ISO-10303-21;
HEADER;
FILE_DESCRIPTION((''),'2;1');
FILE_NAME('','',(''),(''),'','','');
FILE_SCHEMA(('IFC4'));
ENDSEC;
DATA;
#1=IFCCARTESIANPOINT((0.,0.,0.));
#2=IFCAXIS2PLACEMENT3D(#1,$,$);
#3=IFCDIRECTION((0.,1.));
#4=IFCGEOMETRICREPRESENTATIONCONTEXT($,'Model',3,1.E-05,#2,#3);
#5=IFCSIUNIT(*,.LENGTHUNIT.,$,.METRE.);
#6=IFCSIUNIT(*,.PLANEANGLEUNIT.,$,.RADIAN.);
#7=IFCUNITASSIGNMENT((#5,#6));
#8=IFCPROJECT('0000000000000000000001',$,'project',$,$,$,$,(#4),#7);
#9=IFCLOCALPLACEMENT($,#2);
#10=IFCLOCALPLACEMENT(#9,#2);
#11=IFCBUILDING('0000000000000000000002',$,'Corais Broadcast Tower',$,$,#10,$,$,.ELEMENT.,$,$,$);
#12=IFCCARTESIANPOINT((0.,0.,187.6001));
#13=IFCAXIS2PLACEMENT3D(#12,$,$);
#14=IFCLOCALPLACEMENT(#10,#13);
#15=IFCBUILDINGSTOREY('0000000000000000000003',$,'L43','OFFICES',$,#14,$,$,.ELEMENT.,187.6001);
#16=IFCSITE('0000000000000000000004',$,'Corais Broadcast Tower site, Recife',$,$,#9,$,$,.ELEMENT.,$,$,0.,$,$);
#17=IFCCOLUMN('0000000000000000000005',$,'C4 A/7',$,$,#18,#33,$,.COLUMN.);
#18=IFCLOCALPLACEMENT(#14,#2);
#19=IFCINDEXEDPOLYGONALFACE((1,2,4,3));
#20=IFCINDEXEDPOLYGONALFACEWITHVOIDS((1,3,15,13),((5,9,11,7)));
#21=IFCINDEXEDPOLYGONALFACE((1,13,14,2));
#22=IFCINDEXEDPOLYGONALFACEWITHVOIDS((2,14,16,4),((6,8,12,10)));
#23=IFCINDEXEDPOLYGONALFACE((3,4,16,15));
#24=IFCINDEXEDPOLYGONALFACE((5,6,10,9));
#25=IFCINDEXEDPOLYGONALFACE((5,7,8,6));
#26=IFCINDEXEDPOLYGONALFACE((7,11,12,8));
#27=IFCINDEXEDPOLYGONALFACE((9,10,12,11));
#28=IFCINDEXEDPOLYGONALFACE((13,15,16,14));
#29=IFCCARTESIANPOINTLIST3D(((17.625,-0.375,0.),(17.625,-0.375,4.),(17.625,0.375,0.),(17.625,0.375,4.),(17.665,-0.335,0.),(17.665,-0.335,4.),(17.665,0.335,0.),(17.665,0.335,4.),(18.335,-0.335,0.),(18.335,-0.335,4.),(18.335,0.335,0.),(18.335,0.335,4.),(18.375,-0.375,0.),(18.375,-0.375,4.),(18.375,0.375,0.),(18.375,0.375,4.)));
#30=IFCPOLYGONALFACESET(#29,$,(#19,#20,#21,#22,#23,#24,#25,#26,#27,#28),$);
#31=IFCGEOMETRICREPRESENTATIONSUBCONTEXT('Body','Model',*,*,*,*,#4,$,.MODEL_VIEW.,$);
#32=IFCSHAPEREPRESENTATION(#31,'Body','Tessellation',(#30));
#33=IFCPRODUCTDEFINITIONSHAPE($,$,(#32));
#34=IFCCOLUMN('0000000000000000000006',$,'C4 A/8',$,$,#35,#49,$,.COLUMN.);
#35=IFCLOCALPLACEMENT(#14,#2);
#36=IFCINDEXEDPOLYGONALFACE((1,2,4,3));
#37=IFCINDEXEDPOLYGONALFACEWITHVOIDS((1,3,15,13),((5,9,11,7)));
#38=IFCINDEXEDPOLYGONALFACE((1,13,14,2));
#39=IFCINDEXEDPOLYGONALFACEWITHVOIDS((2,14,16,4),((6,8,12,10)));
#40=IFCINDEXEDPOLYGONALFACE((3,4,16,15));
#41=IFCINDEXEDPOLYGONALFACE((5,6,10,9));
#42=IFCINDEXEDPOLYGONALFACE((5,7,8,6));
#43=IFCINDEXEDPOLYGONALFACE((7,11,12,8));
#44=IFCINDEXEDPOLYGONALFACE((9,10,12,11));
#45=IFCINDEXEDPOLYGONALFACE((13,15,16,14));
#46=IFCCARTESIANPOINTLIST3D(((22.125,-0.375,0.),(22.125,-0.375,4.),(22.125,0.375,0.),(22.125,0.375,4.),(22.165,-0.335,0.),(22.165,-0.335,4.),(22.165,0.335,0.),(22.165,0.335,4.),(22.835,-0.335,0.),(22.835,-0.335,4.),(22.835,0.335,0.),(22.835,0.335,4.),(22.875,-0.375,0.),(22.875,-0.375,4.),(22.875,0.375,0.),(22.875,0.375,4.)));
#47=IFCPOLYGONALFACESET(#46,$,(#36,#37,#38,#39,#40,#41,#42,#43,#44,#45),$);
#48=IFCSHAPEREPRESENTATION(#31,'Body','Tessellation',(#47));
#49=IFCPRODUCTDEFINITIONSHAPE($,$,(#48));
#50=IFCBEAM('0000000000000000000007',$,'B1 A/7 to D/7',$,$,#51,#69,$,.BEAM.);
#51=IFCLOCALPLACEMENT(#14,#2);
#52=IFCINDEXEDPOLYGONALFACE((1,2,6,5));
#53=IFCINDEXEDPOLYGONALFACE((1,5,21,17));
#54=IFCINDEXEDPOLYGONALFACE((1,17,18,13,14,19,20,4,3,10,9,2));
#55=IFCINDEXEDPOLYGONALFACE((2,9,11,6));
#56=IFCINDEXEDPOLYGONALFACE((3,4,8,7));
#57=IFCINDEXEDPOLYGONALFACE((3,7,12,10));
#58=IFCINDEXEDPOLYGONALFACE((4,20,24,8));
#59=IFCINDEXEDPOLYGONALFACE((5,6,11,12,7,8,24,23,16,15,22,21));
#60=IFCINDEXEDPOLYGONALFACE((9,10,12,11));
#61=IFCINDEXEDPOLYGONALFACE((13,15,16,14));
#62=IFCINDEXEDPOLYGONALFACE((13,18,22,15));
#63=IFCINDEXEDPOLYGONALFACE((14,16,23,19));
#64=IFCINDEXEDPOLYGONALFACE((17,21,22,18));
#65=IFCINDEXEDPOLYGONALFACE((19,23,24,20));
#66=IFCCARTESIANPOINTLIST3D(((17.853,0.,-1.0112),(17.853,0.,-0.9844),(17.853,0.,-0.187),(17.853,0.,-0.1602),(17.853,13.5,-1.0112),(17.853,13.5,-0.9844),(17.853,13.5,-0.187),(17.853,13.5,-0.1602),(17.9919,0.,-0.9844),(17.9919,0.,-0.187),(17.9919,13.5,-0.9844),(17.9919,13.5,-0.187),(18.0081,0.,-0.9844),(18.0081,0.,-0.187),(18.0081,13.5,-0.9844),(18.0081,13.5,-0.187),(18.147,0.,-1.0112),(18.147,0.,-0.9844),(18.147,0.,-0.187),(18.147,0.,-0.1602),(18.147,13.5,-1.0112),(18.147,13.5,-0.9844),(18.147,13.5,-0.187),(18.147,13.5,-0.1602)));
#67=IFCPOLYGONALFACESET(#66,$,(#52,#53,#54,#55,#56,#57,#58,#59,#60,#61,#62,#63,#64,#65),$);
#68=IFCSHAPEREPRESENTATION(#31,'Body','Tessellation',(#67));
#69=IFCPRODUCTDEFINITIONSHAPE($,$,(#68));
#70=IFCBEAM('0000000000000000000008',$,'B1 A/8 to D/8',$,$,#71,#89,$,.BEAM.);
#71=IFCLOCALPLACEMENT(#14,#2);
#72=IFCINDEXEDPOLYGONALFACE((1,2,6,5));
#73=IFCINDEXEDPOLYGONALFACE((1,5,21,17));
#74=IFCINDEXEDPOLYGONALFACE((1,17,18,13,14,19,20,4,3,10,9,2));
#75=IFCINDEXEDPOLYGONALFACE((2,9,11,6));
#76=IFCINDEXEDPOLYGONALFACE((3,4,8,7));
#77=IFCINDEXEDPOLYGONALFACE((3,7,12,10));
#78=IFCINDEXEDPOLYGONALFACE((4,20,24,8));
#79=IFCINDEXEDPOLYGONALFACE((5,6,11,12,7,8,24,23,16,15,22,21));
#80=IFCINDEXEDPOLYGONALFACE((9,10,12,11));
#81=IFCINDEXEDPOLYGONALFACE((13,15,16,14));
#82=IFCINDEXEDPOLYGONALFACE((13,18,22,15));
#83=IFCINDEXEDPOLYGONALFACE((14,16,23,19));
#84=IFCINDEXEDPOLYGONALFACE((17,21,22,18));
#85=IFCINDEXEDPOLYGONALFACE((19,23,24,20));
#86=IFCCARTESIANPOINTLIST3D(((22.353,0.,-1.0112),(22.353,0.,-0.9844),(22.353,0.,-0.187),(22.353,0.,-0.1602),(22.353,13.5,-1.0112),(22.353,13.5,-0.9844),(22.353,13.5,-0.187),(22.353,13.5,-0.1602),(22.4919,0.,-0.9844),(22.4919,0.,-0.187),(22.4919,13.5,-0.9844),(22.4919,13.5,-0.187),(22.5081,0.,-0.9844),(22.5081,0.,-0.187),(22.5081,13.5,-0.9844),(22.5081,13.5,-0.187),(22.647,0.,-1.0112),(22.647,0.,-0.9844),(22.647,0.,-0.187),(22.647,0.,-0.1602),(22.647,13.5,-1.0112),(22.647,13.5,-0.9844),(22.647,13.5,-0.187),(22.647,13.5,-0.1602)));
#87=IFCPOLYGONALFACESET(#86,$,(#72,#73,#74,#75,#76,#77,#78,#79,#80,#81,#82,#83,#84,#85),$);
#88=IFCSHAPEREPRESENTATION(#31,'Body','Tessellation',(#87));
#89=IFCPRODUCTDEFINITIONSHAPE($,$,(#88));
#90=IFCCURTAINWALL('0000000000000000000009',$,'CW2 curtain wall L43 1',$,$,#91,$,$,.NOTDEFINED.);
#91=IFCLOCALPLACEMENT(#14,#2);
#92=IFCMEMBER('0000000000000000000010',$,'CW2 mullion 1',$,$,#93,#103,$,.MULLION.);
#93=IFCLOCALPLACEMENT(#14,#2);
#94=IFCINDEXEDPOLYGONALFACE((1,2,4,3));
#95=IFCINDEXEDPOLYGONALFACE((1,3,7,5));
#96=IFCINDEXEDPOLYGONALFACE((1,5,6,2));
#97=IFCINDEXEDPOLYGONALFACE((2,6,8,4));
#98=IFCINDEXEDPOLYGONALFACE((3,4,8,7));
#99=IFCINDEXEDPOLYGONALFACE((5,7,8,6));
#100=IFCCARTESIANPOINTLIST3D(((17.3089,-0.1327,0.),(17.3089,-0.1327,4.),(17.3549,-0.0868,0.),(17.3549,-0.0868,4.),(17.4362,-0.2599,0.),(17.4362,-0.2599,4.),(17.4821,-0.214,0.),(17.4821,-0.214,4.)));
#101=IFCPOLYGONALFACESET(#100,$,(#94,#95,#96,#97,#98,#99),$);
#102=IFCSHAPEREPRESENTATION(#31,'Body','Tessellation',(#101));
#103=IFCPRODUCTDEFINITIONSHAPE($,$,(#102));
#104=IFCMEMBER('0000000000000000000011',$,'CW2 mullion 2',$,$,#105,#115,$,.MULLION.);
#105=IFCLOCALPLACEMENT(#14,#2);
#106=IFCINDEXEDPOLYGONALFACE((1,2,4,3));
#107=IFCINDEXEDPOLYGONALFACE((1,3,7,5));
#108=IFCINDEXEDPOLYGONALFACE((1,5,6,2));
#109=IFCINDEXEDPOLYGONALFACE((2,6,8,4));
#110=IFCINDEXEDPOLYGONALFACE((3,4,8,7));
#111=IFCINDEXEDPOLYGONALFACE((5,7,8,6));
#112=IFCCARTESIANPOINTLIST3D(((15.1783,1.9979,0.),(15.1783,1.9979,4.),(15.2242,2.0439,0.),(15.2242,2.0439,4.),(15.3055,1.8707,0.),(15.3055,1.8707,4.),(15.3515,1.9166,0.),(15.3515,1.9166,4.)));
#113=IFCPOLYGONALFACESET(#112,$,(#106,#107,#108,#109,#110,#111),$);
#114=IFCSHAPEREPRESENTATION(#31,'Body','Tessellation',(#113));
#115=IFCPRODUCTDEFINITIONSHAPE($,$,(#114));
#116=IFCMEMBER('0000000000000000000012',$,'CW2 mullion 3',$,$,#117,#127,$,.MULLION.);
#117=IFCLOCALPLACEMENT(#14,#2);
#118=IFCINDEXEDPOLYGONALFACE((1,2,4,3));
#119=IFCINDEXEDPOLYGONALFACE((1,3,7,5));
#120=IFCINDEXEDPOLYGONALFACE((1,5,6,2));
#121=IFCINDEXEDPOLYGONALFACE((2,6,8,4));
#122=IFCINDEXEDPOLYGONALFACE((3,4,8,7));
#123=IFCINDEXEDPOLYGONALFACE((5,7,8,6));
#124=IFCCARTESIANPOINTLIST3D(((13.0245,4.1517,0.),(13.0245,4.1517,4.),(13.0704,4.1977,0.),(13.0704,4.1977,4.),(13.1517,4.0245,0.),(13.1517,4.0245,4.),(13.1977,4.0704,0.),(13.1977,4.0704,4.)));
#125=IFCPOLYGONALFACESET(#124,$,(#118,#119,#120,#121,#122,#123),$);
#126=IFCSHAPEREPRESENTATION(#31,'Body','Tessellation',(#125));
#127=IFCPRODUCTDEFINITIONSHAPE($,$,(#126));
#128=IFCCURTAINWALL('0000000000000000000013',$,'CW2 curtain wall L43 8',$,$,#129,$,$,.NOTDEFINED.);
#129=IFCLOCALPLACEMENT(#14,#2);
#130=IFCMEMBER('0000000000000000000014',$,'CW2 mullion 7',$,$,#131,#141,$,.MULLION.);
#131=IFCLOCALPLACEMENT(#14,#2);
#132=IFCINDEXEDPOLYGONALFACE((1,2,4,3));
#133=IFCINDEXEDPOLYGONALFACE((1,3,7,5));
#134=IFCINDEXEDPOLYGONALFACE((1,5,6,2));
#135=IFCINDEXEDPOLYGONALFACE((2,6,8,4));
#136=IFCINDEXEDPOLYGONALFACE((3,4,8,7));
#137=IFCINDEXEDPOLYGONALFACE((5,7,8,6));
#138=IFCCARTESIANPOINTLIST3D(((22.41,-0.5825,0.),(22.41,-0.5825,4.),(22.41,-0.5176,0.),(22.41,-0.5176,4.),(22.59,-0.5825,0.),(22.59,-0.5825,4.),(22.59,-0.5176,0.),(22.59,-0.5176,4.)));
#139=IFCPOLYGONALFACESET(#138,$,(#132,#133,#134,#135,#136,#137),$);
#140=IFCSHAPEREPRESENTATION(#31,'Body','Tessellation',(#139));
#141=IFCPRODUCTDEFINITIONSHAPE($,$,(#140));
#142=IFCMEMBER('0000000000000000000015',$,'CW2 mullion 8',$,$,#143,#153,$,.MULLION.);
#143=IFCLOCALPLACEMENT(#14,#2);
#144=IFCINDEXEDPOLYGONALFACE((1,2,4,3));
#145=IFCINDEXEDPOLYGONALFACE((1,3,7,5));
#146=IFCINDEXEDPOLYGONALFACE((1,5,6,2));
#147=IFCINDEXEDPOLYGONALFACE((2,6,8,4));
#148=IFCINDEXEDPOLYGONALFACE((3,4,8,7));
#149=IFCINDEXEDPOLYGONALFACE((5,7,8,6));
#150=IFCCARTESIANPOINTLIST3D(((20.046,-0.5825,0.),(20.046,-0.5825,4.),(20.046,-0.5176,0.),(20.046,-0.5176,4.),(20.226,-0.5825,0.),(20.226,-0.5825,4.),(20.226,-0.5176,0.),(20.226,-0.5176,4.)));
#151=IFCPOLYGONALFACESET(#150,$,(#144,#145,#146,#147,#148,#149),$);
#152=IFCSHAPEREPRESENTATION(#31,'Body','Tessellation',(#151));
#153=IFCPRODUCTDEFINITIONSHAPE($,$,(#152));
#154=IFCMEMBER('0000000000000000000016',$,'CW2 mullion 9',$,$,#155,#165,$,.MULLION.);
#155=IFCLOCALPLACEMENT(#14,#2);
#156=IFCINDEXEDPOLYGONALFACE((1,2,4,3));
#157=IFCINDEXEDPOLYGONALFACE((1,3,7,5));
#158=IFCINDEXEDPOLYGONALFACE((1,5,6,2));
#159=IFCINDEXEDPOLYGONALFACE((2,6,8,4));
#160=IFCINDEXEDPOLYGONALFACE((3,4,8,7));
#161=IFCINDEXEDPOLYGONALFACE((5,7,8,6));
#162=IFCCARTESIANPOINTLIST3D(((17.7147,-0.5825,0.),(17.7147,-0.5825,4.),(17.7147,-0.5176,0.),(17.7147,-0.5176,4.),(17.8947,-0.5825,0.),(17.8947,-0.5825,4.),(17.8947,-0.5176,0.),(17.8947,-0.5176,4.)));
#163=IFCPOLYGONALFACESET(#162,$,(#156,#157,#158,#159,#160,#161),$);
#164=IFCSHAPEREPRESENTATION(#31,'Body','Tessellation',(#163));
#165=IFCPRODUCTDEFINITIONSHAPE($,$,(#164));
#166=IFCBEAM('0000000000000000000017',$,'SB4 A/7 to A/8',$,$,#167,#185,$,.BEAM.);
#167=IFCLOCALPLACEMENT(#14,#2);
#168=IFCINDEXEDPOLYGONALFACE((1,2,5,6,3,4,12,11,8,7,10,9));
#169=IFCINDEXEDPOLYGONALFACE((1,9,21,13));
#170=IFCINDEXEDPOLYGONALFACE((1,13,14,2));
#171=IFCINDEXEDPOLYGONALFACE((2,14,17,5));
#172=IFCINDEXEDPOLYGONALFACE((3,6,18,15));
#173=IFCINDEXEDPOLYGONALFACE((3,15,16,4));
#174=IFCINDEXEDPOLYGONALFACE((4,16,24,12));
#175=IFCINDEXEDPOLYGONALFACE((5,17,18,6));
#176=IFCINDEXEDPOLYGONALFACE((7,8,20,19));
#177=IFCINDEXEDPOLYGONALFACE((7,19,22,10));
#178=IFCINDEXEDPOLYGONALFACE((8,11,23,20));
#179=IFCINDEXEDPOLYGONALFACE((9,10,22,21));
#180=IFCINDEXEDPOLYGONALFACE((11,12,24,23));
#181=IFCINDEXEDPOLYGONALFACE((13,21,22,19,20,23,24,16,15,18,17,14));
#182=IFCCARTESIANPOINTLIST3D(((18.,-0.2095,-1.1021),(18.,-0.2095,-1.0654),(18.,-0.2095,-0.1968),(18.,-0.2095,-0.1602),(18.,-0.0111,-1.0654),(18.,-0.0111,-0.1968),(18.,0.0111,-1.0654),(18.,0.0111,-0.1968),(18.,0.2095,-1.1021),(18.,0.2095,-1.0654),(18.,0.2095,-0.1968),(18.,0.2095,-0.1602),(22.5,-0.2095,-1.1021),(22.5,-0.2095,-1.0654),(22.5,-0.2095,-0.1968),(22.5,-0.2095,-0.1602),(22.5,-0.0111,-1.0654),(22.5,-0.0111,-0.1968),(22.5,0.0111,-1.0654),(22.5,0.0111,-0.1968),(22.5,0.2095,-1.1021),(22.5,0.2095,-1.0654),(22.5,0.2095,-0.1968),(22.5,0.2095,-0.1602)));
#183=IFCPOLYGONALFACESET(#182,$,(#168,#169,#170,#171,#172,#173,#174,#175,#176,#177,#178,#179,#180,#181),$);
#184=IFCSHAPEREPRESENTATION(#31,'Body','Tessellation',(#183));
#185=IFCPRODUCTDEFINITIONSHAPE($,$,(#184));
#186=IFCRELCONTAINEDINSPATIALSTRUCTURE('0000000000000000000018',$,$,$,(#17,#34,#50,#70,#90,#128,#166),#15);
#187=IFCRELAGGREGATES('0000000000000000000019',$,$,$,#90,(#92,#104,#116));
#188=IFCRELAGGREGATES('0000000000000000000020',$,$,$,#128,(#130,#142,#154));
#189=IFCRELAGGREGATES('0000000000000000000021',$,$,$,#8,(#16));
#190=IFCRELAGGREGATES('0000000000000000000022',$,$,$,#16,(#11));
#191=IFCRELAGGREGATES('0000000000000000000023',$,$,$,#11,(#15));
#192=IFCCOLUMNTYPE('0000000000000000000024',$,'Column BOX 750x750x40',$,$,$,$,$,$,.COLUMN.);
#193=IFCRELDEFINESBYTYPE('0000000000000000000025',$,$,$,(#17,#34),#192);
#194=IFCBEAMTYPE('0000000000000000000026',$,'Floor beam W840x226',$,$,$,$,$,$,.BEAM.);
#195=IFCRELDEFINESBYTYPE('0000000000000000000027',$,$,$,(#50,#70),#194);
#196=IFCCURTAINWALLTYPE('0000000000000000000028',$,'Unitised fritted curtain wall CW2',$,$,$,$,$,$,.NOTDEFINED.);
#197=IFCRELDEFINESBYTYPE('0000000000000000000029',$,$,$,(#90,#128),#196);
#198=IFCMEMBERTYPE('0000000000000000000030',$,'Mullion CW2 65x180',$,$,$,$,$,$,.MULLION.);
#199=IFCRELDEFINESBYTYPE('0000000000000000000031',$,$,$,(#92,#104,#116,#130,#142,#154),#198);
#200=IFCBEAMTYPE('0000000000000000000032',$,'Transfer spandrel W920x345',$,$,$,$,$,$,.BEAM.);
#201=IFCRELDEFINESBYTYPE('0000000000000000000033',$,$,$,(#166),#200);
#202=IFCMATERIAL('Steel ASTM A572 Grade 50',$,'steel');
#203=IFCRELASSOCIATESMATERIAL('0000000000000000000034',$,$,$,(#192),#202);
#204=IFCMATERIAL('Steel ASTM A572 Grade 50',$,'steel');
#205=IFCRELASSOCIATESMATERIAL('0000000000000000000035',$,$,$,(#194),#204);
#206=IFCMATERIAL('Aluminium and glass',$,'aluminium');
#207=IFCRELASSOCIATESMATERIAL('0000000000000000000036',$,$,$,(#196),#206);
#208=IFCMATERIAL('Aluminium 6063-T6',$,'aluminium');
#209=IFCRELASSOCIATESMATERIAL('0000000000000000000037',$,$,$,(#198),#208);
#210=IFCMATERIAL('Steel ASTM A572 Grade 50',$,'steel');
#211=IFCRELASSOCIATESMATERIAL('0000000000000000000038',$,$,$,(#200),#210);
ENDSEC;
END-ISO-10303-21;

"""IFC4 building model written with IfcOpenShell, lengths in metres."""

from ifc_helpers import new_model, si_unit, direction, frame, origin, origin_2d, place, context, subcontext, project, spatial, rectangle, hollow_rectangle, i_section, extrude, material, material_profile, profile_set, type_object, element, aggregate, save


model = new_model("IFC4")

# Units and contexts
model_context = context("Model", 3, precision=1e-05, world=origin(), true_north=direction((0.0, 1.0)))
body_context = subcontext(model_context, "Body", "Model", "MODEL_VIEW")
ifc_project = project(units=[si_unit("LENGTHUNIT", "METRE"), si_unit("PLANEANGLEUNIT", "RADIAN")], contexts=[model_context])

# Site, building, storey
site_placement = place(None, origin())
site = spatial("IfcSite", under=ifc_project, at=site_placement, Name="Corais Broadcast Tower site, Recife", CompositionType="ELEMENT", RefElevation=0.0)
building_placement = place(site_placement, origin())
building = spatial("IfcBuilding", under=site, at=building_placement, Name="Corais Broadcast Tower", CompositionType="ELEMENT")
storey_placement = place(building_placement, frame((0.0, 0.0, 187.6001)))
storey = spatial("IfcBuildingStorey", under=building, at=storey_placement, Name="L43", Description="OFFICES", CompositionType="ELEMENT", Elevation=187.6001)

# Columns
ifc_material_1 = material(Name="Steel ASTM A572 Grade 50", Category="steel")
ifc_material_profile_1 = material_profile(ifc_material_1, hollow_rectangle(XDim=0.75, YDim=0.75, WallThickness=0.04, at=origin_2d()), Name="BOX 750x750x40")
ifc_profile_set_1 = profile_set([ifc_material_profile_1], Name="Steel ASTM A572 Grade 50")
column_type = type_object("IfcColumnType", Name="Column BOX 750x750x40", PredefinedType="COLUMN", material=ifc_profile_set_1)
for number, where, z_axis, x_axis, name in (
    (1, (18.0, 0.0, 0.0), (0.0, 0.0, 1.0), (1.0, 0.0, 0.0), "C4 A/7"),
    (2, (22.5, 0.0, 0.0), (0.0, 0.0, 1.0), (1.0, 0.0, 0.0), "C4 A/8"),
):
    element("IfcColumn", number, at=place(storey_placement, frame(where, z_axis=z_axis, x_axis=x_axis)), inside=storey, type_object=column_type, Name=name, PredefinedType="COLUMN", context=body_context, shape_type="SweptSolid", body=[
        extrude(hollow_rectangle(XDim=0.75, YDim=0.75, WallThickness=0.04, at=origin_2d()), origin(), (0.0, 0.0, 1.0), 4.0),
    ])

# Beams
ifc_material_2 = material(Name="Steel ASTM A572 Grade 50", Category="steel")
ifc_material_profile_2 = material_profile(ifc_material_2, i_section(OverallWidth=0.2939, OverallDepth=0.8511, WebThickness=0.0161, FlangeThickness=0.0269, at=origin_2d()), Name="W840x226")
ifc_profile_set_2 = profile_set([ifc_material_profile_2], Name="Steel ASTM A572 Grade 50")
beam_type_1 = type_object("IfcBeamType", Name="Floor beam W840x226", PredefinedType="BEAM", material=ifc_profile_set_2)
for number, where, z_axis, x_axis, name in (
    (3, (18.0, 0.0, -0.5857), (0.0, 1.0, 0.0), (-1.0, 0.0, 0.0), "B1 A/7 to D/7"),
    (4, (22.5, 0.0, -0.5857), (0.0, 1.0, 0.0), (-1.0, 0.0, 0.0), "B1 A/8 to D/8"),
):
    element("IfcBeam", number, at=place(storey_placement, frame(where, z_axis=z_axis, x_axis=x_axis)), inside=storey, type_object=beam_type_1, Name=name, PredefinedType="BEAM", context=body_context, shape_type="SweptSolid", body=[
        extrude(i_section(OverallWidth=0.2939, OverallDepth=0.8511, WebThickness=0.0161, FlangeThickness=0.0269, at=origin_2d()), origin(), (0.0, 0.0, 1.0), 13.5),
    ])

# Curtain walls, members
ifc_material_3 = material(Name="Aluminium and glass", Category="aluminium")
curtain_wall_type = type_object("IfcCurtainWallType", Name="Unitised fritted curtain wall CW2", PredefinedType="NOTDEFINED", material=ifc_material_3)
curtain_wall_1_placement = place(storey_placement, origin())
curtain_wall_1 = element("IfcCurtainWall", 5, at=curtain_wall_1_placement, inside=storey, type_object=curtain_wall_type, Name="CW2 curtain wall L43 1", PredefinedType="NOTDEFINED")
ifc_material_4 = material(Name="Aluminium 6063-T6", Category="aluminium")
ifc_material_profile_3 = material_profile(ifc_material_4, rectangle(XDim=0.0649, YDim=0.1799, at=origin_2d()), Name="Mullion CW2 65x180")
ifc_profile_set_3 = profile_set([ifc_material_profile_3], Name="Aluminium 6063-T6")
member_type_1 = type_object("IfcMemberType", Name="Mullion CW2 65x180", PredefinedType="MULLION", material=ifc_profile_set_3)
member_1_placement = place(storey_placement, frame((17.3955, -0.1733, 0.0), z_axis=(0.0, 0.0, 1.0), x_axis=(-0.707107, -0.707107, 0.0)))
member_1 = element("IfcMember", 6, at=member_1_placement, type_object=member_type_1, Name="CW2 mullion 1", PredefinedType="MULLION", context=body_context, shape_type="SweptSolid", body=[
    extrude(rectangle(XDim=0.0649, YDim=0.1799, at=origin_2d()), origin(), (0.0, 0.0, 1.0), 4.0),
])
member_2_placement = place(storey_placement, frame((15.2649, 1.9573, 0.0), z_axis=(0.0, 0.0, 1.0), x_axis=(-0.707107, -0.707107, 0.0)))
member_2 = element("IfcMember", 7, at=member_2_placement, type_object=member_type_1, Name="CW2 mullion 2", PredefinedType="MULLION", context=body_context, shape_type="SweptSolid", body=[
    extrude(rectangle(XDim=0.0649, YDim=0.1799, at=origin_2d()), origin(), (0.0, 0.0, 1.0), 4.0),
])
member_3_placement = place(storey_placement, frame((13.1111, 4.1111, 0.0), z_axis=(0.0, 0.0, 1.0), x_axis=(-0.707107, -0.707107, 0.0)))
member_3 = element("IfcMember", 8, at=member_3_placement, type_object=member_type_1, Name="CW2 mullion 3", PredefinedType="MULLION", context=body_context, shape_type="SweptSolid", body=[
    extrude(rectangle(XDim=0.0649, YDim=0.1799, at=origin_2d()), origin(), (0.0, 0.0, 1.0), 4.0),
])
curtain_wall_2_placement = place(storey_placement, origin())
curtain_wall_2 = element("IfcCurtainWall", 9, at=curtain_wall_2_placement, inside=storey, type_object=curtain_wall_type, Name="CW2 curtain wall L43 8", PredefinedType="NOTDEFINED")
member_4_placement = place(storey_placement, frame((22.5, -0.55, 0.0), z_axis=(0.0, 0.0, 1.0), x_axis=(0.0, -1.0, 0.0)))
member_4 = element("IfcMember", 10, at=member_4_placement, type_object=member_type_1, Name="CW2 mullion 7", PredefinedType="MULLION", context=body_context, shape_type="SweptSolid", body=[
    extrude(rectangle(XDim=0.0649, YDim=0.1799, at=origin_2d()), origin(), (0.0, 0.0, 1.0), 4.0),
])
member_5_placement = place(storey_placement, frame((20.136, -0.55, 0.0), z_axis=(0.0, 0.0, 1.0), x_axis=(0.0, -1.0, 0.0)))
member_5 = element("IfcMember", 11, at=member_5_placement, type_object=member_type_1, Name="CW2 mullion 8", PredefinedType="MULLION", context=body_context, shape_type="SweptSolid", body=[
    extrude(rectangle(XDim=0.0649, YDim=0.1799, at=origin_2d()), origin(), (0.0, 0.0, 1.0), 4.0),
])
member_6_placement = place(storey_placement, frame((17.8047, -0.55, 0.0), z_axis=(0.0, 0.0, 1.0), x_axis=(0.0, -1.0, 0.0)))
member_6 = element("IfcMember", 12, at=member_6_placement, type_object=member_type_1, Name="CW2 mullion 9", PredefinedType="MULLION", context=body_context, shape_type="SweptSolid", body=[
    extrude(rectangle(XDim=0.0649, YDim=0.1799, at=origin_2d()), origin(), (0.0, 0.0, 1.0), 4.0),
])

# Beam
ifc_material_5 = material(Name="Steel ASTM A572 Grade 50", Category="steel")
ifc_material_profile_4 = material_profile(ifc_material_5, i_section(OverallWidth=0.4189, OverallDepth=0.9419, WebThickness=0.0222, FlangeThickness=0.0366, at=origin_2d()), Name="W920x345")
ifc_profile_set_4 = profile_set([ifc_material_profile_4], Name="Steel ASTM A572 Grade 50")
beam_type_2 = type_object("IfcBeamType", Name="Transfer spandrel W920x345", PredefinedType="BEAM", material=ifc_profile_set_4)
for number, where, z_axis, x_axis, name in (
    (13, (18.0, 0.0, -0.6311), (1.0, 0.0, 0.0), (0.0, 1.0, 0.0), "SB4 A/7 to A/8"),
):
    element("IfcBeam", number, at=place(storey_placement, frame(where, z_axis=z_axis, x_axis=x_axis)), inside=storey, type_object=beam_type_2, Name=name, PredefinedType="BEAM", context=body_context, shape_type="SweptSolid", body=[
        extrude(i_section(OverallWidth=0.4189, OverallDepth=0.9419, WebThickness=0.0222, FlangeThickness=0.0366, at=origin_2d()), origin(), (0.0, 0.0, 1.0), 4.5),
    ])

aggregate(curtain_wall_1, [member_1, member_2, member_3])
aggregate(curtain_wall_2, [member_4, member_5, member_6])

save(model, "model.ifc")
